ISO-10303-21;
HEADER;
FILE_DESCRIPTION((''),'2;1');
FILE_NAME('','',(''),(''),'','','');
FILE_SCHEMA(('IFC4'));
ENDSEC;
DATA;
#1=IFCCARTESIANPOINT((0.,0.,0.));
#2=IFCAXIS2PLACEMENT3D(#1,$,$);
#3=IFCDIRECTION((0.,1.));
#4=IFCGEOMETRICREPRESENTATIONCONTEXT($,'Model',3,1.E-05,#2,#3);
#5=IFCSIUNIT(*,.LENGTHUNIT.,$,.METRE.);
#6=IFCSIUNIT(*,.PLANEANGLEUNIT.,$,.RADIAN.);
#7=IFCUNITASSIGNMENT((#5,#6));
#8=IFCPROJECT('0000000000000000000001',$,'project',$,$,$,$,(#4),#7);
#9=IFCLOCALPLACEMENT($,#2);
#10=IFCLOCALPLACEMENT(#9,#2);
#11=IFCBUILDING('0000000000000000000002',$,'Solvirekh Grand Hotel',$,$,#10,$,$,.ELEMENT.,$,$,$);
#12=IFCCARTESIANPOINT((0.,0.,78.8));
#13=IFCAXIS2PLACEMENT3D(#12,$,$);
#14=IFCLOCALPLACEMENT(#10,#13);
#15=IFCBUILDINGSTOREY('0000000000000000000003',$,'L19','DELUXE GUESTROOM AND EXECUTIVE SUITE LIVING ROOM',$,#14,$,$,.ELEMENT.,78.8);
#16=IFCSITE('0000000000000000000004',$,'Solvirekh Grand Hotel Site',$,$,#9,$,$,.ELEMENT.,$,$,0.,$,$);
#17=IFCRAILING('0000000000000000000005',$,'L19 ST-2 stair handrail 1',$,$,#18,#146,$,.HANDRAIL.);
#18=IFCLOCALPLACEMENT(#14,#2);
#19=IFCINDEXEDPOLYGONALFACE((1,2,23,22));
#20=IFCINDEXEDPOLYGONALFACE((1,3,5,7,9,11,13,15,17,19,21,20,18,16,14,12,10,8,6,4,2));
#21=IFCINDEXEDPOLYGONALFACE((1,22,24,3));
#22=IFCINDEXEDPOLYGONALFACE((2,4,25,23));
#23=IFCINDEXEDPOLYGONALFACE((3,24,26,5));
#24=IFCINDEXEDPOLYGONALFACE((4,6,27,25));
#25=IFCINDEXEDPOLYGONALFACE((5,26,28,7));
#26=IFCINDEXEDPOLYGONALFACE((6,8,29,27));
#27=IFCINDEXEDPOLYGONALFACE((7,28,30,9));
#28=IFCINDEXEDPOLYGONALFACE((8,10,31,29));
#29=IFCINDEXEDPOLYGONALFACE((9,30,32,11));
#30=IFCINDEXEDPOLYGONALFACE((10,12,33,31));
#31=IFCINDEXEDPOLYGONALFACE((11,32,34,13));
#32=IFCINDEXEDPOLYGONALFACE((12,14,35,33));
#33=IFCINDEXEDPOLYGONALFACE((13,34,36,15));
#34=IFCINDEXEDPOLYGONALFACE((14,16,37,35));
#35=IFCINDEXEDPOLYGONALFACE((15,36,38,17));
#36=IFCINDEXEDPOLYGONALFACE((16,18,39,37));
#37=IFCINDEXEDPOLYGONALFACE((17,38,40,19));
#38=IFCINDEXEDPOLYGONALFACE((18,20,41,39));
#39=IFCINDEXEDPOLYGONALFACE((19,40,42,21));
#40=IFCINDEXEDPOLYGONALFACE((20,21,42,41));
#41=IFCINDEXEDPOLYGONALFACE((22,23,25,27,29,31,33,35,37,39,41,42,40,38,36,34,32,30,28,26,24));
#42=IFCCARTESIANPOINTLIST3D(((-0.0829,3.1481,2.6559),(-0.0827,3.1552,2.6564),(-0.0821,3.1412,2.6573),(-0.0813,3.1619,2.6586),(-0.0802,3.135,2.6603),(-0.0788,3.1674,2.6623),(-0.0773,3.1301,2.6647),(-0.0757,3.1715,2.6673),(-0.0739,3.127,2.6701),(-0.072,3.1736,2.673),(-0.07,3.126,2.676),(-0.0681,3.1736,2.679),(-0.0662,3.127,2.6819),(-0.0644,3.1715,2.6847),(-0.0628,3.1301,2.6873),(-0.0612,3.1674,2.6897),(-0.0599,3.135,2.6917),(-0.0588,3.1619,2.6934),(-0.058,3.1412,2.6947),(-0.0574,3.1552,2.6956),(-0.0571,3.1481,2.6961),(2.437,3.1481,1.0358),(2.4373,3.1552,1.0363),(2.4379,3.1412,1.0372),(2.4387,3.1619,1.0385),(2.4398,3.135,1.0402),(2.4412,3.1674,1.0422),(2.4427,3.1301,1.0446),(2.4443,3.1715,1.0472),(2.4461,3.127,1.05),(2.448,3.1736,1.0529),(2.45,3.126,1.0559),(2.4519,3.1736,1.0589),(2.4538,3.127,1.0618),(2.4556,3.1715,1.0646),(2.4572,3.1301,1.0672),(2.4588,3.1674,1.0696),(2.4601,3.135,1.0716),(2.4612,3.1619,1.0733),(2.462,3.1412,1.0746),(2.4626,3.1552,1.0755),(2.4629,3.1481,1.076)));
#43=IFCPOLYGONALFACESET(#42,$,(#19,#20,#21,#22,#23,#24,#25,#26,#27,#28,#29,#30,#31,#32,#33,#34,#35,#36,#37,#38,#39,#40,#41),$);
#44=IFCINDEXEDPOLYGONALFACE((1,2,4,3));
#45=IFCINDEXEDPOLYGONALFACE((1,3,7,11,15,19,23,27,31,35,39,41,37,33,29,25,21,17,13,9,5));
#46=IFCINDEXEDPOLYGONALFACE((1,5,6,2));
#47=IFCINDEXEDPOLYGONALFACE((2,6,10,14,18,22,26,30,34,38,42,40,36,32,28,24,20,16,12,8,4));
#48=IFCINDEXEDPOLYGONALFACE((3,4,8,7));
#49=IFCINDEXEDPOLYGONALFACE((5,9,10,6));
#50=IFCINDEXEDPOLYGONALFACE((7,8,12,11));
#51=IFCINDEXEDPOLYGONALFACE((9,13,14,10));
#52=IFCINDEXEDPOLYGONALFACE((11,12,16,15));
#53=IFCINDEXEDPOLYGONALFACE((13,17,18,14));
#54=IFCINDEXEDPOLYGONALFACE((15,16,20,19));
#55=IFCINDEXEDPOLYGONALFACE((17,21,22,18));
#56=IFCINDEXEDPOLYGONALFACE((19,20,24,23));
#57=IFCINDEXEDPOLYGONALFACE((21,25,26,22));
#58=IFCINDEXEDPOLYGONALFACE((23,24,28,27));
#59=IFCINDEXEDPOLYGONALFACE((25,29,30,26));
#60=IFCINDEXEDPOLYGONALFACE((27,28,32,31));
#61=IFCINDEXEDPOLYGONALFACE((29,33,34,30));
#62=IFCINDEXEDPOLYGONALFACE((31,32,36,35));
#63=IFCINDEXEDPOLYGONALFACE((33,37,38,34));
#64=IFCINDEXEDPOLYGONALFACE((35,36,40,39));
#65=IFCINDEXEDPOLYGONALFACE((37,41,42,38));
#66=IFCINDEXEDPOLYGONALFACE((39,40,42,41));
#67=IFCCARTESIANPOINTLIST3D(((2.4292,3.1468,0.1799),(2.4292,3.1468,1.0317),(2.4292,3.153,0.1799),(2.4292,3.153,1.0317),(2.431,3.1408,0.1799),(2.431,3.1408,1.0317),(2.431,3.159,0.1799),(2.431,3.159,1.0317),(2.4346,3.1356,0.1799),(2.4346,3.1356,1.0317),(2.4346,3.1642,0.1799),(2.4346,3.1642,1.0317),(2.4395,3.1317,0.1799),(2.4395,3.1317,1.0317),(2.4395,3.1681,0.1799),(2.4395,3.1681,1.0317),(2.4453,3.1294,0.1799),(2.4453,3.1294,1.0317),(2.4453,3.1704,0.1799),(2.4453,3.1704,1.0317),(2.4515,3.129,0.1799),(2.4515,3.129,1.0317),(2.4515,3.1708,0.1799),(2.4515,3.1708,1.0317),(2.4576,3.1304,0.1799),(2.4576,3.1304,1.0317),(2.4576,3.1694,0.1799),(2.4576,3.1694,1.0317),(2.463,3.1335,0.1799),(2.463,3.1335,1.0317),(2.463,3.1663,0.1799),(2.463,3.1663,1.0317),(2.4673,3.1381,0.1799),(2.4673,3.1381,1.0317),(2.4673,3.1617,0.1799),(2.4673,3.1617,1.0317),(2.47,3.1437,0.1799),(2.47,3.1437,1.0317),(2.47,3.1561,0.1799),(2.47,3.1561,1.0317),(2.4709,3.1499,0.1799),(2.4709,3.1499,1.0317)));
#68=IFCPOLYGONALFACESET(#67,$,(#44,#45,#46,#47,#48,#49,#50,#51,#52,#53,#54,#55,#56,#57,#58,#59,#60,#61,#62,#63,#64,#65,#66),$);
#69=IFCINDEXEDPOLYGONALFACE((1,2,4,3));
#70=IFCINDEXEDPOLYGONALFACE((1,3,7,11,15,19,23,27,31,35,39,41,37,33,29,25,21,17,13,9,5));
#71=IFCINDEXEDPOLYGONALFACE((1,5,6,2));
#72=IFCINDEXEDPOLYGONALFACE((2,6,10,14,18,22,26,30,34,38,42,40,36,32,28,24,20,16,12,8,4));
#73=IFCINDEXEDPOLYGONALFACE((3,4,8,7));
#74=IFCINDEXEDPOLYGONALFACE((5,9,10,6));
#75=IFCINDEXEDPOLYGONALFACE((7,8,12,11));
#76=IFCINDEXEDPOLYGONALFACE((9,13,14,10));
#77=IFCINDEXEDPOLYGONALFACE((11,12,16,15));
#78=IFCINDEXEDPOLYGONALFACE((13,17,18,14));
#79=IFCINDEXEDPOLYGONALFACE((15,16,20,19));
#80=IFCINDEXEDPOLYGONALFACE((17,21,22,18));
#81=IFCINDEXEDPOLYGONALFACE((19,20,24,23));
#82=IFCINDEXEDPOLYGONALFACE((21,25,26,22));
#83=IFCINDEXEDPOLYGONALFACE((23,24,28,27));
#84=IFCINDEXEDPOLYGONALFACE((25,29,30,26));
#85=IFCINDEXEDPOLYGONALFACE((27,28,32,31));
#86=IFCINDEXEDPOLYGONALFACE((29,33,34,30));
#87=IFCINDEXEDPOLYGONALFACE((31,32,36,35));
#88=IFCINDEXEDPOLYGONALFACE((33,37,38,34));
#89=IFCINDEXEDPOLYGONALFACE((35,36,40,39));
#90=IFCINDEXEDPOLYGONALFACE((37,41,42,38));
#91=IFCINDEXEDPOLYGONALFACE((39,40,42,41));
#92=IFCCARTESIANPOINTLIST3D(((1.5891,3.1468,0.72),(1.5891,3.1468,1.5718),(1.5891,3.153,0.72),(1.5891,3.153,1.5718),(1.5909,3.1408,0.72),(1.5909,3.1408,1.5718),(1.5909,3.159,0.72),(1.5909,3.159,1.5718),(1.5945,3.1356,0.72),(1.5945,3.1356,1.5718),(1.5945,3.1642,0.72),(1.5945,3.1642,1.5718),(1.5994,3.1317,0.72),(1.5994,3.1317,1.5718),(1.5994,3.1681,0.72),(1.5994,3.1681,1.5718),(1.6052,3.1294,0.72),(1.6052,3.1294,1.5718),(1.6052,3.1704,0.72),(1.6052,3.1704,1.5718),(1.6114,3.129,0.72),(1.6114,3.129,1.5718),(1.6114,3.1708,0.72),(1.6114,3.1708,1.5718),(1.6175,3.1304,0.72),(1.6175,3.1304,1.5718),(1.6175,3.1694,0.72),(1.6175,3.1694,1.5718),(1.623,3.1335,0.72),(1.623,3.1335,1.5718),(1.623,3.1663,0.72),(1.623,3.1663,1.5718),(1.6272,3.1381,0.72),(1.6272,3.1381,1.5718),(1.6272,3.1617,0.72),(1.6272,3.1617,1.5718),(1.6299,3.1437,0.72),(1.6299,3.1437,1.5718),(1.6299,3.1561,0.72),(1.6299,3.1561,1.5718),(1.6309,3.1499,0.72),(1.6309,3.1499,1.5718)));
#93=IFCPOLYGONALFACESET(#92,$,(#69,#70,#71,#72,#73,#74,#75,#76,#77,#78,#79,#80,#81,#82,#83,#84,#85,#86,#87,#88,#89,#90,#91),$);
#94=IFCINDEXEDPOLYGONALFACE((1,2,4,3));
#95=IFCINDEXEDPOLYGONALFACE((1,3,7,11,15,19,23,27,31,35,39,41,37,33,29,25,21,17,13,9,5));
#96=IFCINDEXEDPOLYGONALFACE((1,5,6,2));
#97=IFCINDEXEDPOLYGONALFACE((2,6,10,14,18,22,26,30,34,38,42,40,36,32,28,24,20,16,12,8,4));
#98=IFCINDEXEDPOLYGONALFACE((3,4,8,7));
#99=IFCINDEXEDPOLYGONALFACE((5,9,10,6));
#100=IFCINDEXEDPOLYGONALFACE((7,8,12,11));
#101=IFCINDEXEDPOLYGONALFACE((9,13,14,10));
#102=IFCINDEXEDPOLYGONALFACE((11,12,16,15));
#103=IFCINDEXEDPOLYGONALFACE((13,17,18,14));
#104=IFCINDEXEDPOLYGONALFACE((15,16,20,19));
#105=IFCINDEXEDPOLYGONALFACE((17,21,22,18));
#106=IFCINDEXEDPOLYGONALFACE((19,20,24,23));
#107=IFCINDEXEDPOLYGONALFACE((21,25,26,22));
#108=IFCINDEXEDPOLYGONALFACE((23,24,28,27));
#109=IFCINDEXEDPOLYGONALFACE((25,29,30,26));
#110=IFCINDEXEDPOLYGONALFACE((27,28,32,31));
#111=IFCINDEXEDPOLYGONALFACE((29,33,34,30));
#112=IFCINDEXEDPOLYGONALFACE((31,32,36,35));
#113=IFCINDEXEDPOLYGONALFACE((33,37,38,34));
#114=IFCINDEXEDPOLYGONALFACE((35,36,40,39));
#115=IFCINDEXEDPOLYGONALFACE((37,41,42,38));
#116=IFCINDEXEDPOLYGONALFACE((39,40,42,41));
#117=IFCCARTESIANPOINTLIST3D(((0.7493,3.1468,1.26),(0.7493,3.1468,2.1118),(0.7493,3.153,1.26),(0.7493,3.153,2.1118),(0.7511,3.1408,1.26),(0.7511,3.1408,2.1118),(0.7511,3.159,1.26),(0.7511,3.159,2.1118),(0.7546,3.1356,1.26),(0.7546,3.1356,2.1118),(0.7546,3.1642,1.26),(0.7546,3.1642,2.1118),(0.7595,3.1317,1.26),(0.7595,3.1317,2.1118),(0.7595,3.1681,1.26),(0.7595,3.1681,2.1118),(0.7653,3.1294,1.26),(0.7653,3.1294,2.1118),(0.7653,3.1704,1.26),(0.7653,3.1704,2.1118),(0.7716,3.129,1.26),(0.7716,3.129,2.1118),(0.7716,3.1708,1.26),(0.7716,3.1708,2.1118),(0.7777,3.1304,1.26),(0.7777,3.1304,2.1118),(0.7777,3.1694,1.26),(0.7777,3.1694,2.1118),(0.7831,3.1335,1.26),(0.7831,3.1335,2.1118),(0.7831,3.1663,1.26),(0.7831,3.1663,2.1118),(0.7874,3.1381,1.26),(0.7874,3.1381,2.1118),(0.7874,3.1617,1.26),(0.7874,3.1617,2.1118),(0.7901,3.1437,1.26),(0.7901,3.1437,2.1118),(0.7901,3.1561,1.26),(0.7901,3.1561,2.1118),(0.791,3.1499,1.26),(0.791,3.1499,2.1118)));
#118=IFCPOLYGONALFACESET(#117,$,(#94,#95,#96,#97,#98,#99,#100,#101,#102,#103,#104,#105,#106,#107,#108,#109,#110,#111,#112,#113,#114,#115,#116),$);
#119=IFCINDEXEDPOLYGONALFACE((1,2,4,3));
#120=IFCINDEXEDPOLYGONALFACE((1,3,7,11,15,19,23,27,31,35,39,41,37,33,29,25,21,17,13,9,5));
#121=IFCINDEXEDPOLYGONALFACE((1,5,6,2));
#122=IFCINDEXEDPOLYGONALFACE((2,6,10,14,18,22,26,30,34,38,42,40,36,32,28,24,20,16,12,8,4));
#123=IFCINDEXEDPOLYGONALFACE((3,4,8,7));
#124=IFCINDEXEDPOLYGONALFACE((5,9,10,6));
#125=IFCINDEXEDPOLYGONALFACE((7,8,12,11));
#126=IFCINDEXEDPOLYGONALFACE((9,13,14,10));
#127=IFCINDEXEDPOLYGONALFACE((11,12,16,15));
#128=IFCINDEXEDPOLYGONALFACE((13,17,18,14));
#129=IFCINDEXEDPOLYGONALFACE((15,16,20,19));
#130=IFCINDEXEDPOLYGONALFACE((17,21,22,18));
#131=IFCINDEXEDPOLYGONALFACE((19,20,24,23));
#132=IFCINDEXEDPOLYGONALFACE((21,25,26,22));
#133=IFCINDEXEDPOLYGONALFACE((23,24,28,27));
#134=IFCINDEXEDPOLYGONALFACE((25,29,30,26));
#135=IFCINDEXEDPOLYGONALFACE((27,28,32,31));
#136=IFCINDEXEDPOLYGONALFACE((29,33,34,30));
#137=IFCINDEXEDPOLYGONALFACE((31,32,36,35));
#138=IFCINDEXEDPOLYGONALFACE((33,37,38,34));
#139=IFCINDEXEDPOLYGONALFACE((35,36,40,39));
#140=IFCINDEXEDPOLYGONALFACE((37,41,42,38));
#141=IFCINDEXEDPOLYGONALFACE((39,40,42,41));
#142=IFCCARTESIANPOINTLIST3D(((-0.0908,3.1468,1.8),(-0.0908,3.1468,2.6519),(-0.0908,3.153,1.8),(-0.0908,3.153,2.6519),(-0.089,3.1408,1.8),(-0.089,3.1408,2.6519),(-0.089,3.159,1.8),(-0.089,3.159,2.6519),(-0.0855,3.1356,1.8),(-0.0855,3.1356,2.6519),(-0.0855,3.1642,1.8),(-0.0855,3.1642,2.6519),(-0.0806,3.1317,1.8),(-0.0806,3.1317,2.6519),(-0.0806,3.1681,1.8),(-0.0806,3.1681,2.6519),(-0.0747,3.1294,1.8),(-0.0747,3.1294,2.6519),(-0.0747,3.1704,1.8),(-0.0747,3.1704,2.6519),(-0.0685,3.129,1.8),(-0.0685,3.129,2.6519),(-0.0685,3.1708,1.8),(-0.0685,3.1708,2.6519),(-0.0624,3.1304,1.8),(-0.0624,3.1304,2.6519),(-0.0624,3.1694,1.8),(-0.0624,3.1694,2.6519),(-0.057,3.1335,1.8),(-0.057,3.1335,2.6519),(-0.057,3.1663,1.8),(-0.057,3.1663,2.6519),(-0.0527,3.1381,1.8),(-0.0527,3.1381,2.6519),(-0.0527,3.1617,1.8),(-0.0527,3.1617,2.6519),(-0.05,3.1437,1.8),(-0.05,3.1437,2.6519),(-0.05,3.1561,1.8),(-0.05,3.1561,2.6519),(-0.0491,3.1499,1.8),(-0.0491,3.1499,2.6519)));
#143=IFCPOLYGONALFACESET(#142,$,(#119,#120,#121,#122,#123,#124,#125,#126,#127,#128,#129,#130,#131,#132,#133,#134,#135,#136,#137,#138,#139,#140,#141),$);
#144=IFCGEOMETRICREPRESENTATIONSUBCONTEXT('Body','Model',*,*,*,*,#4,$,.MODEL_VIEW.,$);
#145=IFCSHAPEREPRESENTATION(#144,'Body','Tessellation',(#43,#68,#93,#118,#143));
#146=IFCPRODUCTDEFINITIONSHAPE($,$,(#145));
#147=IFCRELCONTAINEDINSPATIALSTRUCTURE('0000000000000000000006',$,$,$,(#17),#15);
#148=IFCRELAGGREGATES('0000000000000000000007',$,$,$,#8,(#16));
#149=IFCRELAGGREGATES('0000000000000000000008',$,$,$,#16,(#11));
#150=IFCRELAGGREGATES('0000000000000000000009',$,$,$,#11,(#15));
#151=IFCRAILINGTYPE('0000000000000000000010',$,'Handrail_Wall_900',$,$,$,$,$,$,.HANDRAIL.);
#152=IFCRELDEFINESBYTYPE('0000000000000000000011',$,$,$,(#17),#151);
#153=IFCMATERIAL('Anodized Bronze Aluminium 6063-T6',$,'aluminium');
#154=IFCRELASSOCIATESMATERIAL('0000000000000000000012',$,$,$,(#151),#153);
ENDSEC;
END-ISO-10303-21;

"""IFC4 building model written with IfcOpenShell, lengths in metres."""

from ifc_helpers import new_model, si_unit, direction, frame, origin, origin_2d, place, context, subcontext, project, spatial, circle, extrude, material, type_object, element, save


model = new_model("IFC4")

# Units and contexts
model_context = context("Model", 3, precision=1e-05, world=origin(), true_north=direction((0.0, 1.0)))
body_context = subcontext(model_context, "Body", "Model", "MODEL_VIEW")
ifc_project = project(units=[si_unit("LENGTHUNIT", "METRE"), si_unit("PLANEANGLEUNIT", "RADIAN")], contexts=[model_context])

# Site, building, storey
site_placement = place(None, origin())
site = spatial("IfcSite", under=ifc_project, at=site_placement, Name="Solvirekh Grand Hotel Site", CompositionType="ELEMENT", RefElevation=0.0)
building_placement = place(site_placement, origin())
building = spatial("IfcBuilding", under=site, at=building_placement, Name="Solvirekh Grand Hotel", CompositionType="ELEMENT")
storey_placement = place(building_placement, frame((0.0, 0.0, 78.8)))
storey = spatial("IfcBuildingStorey", under=building, at=storey_placement, Name="L19", Description="DELUXE GUESTROOM AND EXECUTIVE SUITE LIVING ROOM", CompositionType="ELEMENT", Elevation=78.8)

# Railing
ifc_material_1 = material(Name="Anodized Bronze Aluminium 6063-T6", Category="aluminium")
railing_type_1 = type_object("IfcRailingType", Name="Handrail_Wall_900", PredefinedType="HANDRAIL", material=ifc_material_1)
railing_1_placement = place(storey_placement, frame((2.45, 3.1499, 0.1799)))
element("IfcRailing", 1, at=railing_1_placement, inside=storey, type_object=railing_type_1, Name="L19 ST-2 stair handrail 1", PredefinedType="HANDRAIL", context=body_context, shape_type="SweptSolid", body=[
    extrude(circle(Radius=0.0239, at=origin_2d()), frame((0.0, 0.0, 0.876), z_axis=(-0.841163, 0.0, 0.540782), x_axis=(0.0, -1.0, 0.0)), (0.0, 0.0, 1.0), 2.9958),
    extrude(circle(Radius=0.021, at=origin_2d()), origin(), (0.0, 0.0, 1.0), 0.8518),
    extrude(circle(Radius=0.021, at=origin_2d()), frame((-0.8401, 0.0, 0.54)), (0.0, 0.0, 1.0), 0.8518),
    extrude(circle(Radius=0.021, at=origin_2d()), frame((-1.6799, 0.0, 1.0801)), (0.0, 0.0, 1.0), 0.8518),
    extrude(circle(Radius=0.021, at=origin_2d()), frame((-2.52, 0.0, 1.6201)), (0.0, 0.0, 1.0), 0.8518),
])

save(model, "model.ifc")
